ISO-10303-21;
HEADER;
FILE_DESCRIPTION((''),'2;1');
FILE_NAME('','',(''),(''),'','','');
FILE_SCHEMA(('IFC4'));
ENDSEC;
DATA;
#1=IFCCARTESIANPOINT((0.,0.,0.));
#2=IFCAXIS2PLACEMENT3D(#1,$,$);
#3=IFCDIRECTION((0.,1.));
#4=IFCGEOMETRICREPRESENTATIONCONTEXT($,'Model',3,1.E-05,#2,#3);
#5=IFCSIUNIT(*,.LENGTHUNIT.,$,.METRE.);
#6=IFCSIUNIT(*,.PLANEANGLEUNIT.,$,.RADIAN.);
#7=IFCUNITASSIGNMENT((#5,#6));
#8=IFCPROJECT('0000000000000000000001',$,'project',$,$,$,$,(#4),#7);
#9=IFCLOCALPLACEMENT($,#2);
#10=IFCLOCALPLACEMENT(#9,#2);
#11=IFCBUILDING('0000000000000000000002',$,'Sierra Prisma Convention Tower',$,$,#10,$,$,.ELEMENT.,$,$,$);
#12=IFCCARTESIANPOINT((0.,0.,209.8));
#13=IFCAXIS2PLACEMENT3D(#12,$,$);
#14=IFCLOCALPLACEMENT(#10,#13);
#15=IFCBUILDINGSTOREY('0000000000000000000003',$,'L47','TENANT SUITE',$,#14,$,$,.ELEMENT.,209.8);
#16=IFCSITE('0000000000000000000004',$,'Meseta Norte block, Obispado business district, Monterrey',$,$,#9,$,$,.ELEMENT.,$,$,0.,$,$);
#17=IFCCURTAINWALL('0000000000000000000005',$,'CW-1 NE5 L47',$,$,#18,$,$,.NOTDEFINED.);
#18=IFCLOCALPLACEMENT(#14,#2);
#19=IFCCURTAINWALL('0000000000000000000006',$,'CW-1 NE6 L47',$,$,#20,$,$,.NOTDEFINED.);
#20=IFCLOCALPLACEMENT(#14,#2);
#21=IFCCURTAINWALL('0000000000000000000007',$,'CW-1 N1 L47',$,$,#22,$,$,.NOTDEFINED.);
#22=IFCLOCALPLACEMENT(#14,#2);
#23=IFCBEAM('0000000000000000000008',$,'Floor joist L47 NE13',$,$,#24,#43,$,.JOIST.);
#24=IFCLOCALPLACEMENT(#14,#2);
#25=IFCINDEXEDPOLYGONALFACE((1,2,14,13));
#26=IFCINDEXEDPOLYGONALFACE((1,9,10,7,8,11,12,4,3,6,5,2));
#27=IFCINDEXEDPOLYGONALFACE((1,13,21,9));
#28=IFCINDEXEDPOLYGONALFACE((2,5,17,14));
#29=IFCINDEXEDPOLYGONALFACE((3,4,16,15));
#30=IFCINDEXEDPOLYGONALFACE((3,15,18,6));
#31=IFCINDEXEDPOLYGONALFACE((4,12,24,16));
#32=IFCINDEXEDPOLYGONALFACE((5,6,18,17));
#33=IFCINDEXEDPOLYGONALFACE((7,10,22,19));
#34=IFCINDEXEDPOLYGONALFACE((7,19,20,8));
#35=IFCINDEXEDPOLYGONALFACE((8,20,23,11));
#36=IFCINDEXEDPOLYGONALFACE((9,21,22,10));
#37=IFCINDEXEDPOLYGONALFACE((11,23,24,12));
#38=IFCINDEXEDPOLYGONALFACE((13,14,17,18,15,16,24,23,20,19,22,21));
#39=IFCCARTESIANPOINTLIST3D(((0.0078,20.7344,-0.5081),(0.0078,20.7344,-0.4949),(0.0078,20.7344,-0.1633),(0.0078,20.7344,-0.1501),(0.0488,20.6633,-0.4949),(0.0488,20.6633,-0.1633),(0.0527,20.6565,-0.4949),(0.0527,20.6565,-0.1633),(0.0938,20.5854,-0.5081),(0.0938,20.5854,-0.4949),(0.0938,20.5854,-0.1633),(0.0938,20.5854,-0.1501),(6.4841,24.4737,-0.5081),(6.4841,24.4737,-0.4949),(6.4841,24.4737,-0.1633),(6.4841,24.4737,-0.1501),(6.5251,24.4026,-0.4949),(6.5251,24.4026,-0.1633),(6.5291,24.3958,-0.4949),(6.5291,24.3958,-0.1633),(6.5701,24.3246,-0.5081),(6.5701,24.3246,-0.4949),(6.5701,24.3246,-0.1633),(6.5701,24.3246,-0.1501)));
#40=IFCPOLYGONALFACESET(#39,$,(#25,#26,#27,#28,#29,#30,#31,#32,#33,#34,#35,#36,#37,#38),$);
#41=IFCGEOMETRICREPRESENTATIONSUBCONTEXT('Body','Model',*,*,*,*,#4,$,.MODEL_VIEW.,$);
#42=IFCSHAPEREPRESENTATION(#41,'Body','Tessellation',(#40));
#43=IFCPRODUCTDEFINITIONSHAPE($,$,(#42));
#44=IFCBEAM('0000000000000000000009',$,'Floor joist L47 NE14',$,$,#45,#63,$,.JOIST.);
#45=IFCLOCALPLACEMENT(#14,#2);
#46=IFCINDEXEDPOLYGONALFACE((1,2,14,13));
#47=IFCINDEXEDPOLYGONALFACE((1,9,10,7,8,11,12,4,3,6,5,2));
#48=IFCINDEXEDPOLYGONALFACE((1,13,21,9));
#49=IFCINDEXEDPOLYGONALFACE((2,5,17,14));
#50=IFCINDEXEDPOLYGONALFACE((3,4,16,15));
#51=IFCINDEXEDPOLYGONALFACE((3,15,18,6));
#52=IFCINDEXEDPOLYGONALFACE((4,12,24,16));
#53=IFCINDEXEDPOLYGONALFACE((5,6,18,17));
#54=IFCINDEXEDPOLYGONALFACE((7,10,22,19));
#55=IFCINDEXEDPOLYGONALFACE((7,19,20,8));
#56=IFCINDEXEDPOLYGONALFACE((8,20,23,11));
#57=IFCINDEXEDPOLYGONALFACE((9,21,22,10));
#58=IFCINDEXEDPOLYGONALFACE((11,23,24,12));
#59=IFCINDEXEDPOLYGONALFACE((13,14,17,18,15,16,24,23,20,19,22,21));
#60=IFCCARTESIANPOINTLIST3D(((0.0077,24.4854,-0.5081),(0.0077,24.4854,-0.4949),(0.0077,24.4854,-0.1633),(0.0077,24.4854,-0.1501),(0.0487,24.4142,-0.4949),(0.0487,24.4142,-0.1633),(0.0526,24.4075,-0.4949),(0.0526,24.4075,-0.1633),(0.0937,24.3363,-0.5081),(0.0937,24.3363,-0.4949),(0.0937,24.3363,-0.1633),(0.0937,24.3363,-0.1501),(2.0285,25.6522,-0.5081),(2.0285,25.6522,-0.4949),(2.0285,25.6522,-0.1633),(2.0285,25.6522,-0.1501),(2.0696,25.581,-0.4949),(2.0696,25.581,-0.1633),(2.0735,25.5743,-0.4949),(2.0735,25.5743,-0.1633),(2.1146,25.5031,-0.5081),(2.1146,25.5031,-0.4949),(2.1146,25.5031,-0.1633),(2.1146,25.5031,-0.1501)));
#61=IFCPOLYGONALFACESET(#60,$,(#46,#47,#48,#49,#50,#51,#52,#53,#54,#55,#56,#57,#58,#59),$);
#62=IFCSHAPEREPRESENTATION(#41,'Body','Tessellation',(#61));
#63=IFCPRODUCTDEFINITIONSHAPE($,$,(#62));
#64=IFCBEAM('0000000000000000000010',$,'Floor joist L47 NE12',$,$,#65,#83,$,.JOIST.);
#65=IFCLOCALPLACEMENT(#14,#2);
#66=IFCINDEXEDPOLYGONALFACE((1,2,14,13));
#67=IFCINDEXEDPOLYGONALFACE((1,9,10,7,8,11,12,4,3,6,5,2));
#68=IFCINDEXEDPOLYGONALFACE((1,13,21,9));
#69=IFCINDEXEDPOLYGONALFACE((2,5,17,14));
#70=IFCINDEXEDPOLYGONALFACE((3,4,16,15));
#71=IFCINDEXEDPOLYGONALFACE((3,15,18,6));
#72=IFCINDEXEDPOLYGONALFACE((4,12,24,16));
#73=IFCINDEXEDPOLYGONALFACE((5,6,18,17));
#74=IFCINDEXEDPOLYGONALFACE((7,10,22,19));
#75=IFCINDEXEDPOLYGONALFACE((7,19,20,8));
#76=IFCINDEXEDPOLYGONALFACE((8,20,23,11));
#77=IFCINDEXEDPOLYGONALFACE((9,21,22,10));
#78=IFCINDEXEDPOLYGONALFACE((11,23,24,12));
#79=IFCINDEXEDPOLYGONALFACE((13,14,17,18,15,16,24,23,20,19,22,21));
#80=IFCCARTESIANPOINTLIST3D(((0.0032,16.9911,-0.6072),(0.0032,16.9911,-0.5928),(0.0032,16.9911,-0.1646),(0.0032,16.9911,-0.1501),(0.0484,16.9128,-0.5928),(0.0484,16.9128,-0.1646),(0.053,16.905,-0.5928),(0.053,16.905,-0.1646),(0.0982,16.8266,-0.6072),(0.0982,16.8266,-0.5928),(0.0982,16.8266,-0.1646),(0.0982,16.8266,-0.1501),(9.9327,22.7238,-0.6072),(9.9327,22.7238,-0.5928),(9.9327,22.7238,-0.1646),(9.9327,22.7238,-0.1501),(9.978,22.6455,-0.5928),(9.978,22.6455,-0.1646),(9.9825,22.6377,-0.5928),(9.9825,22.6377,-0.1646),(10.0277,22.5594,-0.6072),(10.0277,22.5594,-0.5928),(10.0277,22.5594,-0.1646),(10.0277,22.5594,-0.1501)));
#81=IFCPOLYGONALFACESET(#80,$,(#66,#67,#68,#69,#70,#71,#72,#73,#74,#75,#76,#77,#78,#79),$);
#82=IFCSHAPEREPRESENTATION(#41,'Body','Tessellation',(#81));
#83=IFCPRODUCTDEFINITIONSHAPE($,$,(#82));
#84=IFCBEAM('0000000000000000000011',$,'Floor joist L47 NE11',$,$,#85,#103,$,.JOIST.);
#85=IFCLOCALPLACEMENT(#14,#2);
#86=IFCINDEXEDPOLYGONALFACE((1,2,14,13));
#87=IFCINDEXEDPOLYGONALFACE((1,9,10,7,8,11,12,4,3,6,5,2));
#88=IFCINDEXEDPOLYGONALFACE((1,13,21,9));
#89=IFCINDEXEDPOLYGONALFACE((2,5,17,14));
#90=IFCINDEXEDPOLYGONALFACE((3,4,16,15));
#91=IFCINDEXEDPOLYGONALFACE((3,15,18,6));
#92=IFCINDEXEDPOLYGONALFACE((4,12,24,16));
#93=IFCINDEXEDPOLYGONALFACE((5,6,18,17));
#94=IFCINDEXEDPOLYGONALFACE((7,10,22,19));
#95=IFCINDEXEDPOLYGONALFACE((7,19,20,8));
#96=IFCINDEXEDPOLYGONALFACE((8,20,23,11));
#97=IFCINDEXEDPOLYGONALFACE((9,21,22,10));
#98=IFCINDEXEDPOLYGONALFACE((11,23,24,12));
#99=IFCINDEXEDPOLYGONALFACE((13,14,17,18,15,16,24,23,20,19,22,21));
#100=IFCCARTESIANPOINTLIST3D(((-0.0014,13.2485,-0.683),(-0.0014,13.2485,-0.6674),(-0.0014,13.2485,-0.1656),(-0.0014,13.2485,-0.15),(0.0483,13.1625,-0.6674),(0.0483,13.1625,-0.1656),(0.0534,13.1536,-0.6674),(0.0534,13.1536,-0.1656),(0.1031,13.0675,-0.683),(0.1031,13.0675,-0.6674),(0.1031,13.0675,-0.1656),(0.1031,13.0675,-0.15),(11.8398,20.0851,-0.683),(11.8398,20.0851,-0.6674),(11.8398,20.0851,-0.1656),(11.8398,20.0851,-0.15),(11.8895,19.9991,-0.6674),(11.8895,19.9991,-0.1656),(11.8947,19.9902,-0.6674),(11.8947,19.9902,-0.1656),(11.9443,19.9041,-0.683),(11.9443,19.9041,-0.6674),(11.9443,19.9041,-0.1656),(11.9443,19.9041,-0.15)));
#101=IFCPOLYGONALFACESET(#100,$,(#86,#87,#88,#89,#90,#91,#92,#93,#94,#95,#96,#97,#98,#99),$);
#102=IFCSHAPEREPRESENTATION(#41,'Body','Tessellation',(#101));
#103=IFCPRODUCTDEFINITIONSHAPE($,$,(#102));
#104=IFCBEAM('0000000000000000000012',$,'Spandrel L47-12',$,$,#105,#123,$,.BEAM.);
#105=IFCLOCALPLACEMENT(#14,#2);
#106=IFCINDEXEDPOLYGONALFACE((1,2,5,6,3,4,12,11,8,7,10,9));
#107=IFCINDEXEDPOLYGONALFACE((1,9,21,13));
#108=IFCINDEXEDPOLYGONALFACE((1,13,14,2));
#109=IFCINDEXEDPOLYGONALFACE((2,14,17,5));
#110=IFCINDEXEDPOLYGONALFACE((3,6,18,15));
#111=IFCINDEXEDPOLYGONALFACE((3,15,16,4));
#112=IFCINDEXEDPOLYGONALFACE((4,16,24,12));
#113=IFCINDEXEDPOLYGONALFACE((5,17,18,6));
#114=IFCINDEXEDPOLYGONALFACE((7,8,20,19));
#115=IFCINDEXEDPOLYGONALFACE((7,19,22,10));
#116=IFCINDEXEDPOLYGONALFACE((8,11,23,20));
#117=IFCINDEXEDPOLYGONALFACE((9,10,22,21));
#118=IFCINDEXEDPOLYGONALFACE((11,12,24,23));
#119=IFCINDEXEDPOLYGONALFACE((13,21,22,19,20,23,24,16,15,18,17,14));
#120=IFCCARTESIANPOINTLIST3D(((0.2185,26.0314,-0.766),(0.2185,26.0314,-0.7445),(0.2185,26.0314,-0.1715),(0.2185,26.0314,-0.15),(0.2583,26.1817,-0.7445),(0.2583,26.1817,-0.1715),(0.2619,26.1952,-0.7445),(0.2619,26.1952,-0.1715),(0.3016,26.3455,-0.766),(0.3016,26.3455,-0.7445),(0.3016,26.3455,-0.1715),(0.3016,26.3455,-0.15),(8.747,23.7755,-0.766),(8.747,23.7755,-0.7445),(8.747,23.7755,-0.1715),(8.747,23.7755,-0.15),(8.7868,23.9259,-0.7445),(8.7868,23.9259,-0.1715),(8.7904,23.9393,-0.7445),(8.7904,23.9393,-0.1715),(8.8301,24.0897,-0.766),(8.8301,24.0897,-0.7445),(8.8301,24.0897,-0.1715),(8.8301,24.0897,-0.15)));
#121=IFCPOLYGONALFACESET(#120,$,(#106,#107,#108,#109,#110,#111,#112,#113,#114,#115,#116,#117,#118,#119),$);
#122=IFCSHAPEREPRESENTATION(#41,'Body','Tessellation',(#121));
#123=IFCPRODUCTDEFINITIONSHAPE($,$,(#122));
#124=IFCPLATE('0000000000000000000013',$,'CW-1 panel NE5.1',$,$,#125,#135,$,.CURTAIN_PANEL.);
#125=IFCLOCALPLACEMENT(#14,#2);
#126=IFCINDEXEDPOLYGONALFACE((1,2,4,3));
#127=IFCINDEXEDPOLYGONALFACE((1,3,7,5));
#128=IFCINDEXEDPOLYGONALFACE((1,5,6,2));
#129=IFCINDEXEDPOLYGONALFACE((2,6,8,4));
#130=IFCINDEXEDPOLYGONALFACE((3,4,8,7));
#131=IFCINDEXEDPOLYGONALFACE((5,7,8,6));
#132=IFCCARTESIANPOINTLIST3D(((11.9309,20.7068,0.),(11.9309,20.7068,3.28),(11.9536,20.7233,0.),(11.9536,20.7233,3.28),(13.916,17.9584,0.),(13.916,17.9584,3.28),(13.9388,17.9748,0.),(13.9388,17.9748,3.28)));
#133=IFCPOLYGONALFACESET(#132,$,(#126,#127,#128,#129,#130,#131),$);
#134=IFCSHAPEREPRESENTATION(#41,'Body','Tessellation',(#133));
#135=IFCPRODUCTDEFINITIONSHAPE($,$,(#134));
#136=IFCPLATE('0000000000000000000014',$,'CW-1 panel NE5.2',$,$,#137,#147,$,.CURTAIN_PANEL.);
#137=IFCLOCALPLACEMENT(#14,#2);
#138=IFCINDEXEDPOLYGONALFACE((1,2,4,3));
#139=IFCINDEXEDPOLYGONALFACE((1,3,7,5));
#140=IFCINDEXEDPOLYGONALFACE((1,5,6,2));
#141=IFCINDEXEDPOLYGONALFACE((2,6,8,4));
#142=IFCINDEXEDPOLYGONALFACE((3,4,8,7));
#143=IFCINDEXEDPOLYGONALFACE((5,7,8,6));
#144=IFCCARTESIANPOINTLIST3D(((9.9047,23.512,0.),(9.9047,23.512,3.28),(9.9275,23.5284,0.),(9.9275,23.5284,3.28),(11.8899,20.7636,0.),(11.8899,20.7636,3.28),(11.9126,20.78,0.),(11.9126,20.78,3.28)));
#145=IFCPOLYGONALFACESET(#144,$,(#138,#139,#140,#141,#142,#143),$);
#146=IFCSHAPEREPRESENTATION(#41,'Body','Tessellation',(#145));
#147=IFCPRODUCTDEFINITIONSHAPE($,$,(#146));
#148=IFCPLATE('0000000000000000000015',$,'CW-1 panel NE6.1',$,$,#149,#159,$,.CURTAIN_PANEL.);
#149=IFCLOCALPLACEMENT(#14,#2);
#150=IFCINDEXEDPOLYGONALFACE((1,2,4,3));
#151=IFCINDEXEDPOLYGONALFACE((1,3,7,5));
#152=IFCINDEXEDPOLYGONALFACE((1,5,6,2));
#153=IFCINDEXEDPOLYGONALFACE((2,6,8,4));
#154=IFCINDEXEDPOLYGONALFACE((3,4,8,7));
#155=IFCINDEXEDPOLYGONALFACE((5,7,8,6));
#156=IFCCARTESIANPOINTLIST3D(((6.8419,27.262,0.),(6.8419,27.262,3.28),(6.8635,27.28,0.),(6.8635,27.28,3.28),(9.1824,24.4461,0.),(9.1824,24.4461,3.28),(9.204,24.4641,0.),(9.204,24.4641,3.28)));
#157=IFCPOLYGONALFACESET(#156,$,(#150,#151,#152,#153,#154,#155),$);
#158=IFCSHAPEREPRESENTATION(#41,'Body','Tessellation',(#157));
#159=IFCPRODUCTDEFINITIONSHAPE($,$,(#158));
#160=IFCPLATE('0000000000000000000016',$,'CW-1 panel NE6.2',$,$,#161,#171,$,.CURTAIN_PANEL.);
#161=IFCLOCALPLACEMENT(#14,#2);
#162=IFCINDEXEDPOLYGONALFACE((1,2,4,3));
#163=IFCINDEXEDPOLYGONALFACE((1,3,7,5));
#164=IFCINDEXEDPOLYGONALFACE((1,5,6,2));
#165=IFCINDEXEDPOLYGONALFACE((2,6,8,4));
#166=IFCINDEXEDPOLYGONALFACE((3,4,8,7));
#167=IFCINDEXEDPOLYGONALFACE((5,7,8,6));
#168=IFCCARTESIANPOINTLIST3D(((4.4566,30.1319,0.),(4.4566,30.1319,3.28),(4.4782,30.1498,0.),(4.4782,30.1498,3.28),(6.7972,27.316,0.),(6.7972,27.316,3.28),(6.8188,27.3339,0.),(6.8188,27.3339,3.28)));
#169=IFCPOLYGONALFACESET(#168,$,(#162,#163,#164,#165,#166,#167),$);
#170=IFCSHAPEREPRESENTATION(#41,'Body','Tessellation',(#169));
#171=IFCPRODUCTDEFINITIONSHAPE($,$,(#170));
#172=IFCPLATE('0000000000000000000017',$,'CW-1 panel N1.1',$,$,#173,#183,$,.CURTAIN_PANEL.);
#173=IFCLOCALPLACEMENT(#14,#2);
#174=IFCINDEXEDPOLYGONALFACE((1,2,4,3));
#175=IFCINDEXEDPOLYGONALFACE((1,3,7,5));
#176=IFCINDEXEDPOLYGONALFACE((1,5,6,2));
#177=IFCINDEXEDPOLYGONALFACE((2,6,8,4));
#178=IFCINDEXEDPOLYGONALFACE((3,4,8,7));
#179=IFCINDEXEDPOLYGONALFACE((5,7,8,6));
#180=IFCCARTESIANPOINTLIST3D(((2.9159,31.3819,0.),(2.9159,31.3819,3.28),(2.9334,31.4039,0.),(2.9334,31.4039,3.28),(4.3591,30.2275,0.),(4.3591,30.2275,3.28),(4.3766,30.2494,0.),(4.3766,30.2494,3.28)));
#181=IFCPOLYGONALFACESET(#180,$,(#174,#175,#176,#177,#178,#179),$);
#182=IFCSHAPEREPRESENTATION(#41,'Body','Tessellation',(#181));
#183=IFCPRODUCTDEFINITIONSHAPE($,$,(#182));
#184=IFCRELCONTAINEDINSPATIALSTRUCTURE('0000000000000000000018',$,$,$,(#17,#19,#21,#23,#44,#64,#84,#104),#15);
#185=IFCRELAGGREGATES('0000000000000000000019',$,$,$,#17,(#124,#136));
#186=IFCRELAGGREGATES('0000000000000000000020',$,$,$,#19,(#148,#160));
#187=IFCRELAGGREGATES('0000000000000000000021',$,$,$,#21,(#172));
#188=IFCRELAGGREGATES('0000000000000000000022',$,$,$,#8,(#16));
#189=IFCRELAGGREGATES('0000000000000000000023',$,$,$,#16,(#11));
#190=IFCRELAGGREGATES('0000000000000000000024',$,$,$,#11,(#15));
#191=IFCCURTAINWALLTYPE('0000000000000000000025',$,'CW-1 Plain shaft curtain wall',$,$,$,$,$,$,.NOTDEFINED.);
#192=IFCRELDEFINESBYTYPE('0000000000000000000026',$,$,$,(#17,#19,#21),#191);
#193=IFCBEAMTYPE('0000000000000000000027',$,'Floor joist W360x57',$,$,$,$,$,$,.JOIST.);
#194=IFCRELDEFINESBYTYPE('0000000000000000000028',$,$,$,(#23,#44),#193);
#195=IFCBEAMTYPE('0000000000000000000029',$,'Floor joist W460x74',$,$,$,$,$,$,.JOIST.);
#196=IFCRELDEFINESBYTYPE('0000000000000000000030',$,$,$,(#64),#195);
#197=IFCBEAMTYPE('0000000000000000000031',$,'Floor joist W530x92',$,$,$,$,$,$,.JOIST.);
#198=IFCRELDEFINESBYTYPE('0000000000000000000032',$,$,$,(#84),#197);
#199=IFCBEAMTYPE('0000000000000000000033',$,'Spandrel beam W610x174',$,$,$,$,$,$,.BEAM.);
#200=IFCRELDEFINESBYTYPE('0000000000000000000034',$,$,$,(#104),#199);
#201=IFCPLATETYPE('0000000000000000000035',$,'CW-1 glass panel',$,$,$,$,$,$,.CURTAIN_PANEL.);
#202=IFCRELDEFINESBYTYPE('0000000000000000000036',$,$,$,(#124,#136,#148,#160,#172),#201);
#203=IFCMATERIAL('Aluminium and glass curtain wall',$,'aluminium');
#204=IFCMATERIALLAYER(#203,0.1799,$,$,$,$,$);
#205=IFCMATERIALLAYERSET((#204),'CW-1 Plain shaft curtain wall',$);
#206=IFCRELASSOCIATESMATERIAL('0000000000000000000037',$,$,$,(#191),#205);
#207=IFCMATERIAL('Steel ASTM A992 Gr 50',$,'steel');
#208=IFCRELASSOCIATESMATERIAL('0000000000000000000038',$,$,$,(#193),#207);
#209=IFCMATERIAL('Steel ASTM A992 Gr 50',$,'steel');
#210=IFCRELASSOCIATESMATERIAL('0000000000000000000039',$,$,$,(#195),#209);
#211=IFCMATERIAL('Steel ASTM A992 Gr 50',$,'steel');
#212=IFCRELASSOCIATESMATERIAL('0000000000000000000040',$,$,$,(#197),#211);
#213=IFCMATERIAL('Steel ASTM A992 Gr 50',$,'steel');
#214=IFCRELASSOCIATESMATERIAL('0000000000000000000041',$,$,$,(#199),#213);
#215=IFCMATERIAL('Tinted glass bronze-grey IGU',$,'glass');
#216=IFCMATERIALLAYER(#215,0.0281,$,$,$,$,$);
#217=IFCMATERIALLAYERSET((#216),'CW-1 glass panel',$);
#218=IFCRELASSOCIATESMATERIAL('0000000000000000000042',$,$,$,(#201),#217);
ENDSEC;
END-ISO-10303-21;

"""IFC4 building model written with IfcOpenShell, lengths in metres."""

from ifc_helpers import new_model, si_unit, direction, frame, origin, origin_2d, place, context, subcontext, project, spatial, rectangle, i_section, extrude, material, layer, layer_set, material_profile, profile_set, type_object, element, aggregate, save


model = new_model("IFC4")

# Units and contexts
model_context = context("Model", 3, precision=1e-05, world=origin(), true_north=direction((0.0, 1.0)))
body_context = subcontext(model_context, "Body", "Model", "MODEL_VIEW")
ifc_project = project(units=[si_unit("LENGTHUNIT", "METRE"), si_unit("PLANEANGLEUNIT", "RADIAN")], contexts=[model_context])

# Site, building, storey
site_placement = place(None, origin())
site = spatial("IfcSite", under=ifc_project, at=site_placement, Name="Meseta Norte block, Obispado business district, Monterrey", CompositionType="ELEMENT", RefElevation=0.0)
building_placement = place(site_placement, origin())
building = spatial("IfcBuilding", under=site, at=building_placement, Name="Sierra Prisma Convention Tower", CompositionType="ELEMENT")
storey_placement = place(building_placement, frame((0.0, 0.0, 209.8)))
storey = spatial("IfcBuildingStorey", under=building, at=storey_placement, Name="L47", Description="TENANT SUITE", CompositionType="ELEMENT", Elevation=209.8)

# Curtain wall
ifc_material_1 = material(Name="Aluminium and glass curtain wall", Category="aluminium")
ifc_layer_1 = layer(ifc_material_1, 0.1799)
ifc_layer_set_1 = layer_set([ifc_layer_1], Name="CW-1 Plain shaft curtain wall")
curtain_wall_type = type_object("IfcCurtainWallType", Name="CW-1 Plain shaft curtain wall", PredefinedType="NOTDEFINED", material=ifc_layer_set_1)
curtain_wall_1_placement = place(storey_placement, origin())
curtain_wall_1 = element("IfcCurtainWall", 1, at=curtain_wall_1_placement, inside=storey, type_object=curtain_wall_type, Name="CW-1 NE5 L47", PredefinedType="NOTDEFINED")

# Curtain walls
curtain_wall_2_placement = place(storey_placement, origin())
curtain_wall_2 = element("IfcCurtainWall", 2, at=curtain_wall_2_placement, inside=storey, type_object=curtain_wall_type, Name="CW-1 NE6 L47", PredefinedType="NOTDEFINED")
curtain_wall_3_placement = place(storey_placement, origin())
curtain_wall_3 = element("IfcCurtainWall", 3, at=curtain_wall_3_placement, inside=storey, type_object=curtain_wall_type, Name="CW-1 N1 L47", PredefinedType="NOTDEFINED")

# Beams
ifc_material_2 = material(Name="Steel ASTM A992 Gr 50", Category="steel")
ifc_material_profile_1 = material_profile(ifc_material_2, i_section(OverallWidth=0.1721, OverallDepth=0.3579, WebThickness=0.0078, FlangeThickness=0.0132, at=origin_2d()), Name="W360x57")
ifc_profile_set_1 = profile_set([ifc_material_profile_1], Name="Steel ASTM A992 Gr 50")
beam_type_1 = type_object("IfcBeamType", Name="Floor joist W360x57", PredefinedType="JOIST", material=ifc_profile_set_1)
beam_1_placement = place(storey_placement, frame((6.5271, 24.3992, -0.3291), z_axis=(-0.866017, -0.500015, 0.0), x_axis=(0.500015, -0.866017, 0.0)))
element("IfcBeam", 4, at=beam_1_placement, inside=storey, type_object=beam_type_1, Name="Floor joist L47 NE13", PredefinedType="JOIST", context=body_context, shape_type="SweptSolid", body=[
    extrude(i_section(OverallWidth=0.1721, OverallDepth=0.3579, WebThickness=0.0078, FlangeThickness=0.0132, at=origin_2d()), origin(), (0.0, 0.0, 1.0), 7.4783),
])
beam_2_placement = place(storey_placement, frame((2.0715, 25.5776, -0.3291), z_axis=(-0.866013, -0.500021, 0.0), x_axis=(0.500021, -0.866013, 0.0)))
element("IfcBeam", 5, at=beam_2_placement, inside=storey, type_object=beam_type_1, Name="Floor joist L47 NE14", PredefinedType="JOIST", context=body_context, shape_type="SweptSolid", body=[
    extrude(i_section(OverallWidth=0.1721, OverallDepth=0.3579, WebThickness=0.0078, FlangeThickness=0.0132, at=origin_2d()), origin(), (0.0, 0.0, 1.0), 2.3335),
])
ifc_material_3 = material(Name="Steel ASTM A992 Gr 50", Category="steel")
ifc_material_profile_2 = material_profile(ifc_material_3, i_section(OverallWidth=0.1899, OverallDepth=0.457, WebThickness=0.009, FlangeThickness=0.0144, at=origin_2d()), Name="W460x74")
ifc_profile_set_2 = profile_set([ifc_material_profile_2], Name="Steel ASTM A992 Gr 50")
beam_type_2 = type_object("IfcBeamType", Name="Floor joist W460x74", PredefinedType="JOIST", material=ifc_profile_set_2)
beam_3_placement = place(storey_placement, frame((9.9802, 22.6416, -0.3787), z_axis=(-0.866029, -0.499993, 0.0), x_axis=(0.499993, -0.866029, 0.0)))
element("IfcBeam", 6, at=beam_3_placement, inside=storey, type_object=beam_type_2, Name="Floor joist L47 NE12", PredefinedType="JOIST", context=body_context, shape_type="SweptSolid", body=[
    extrude(i_section(OverallWidth=0.1899, OverallDepth=0.457, WebThickness=0.009, FlangeThickness=0.0144, at=origin_2d()), origin(), (0.0, 0.0, 1.0), 11.4656),
])
ifc_material_4 = material(Name="Steel ASTM A992 Gr 50", Category="steel")
ifc_material_profile_3 = material_profile(ifc_material_4, i_section(OverallWidth=0.209, OverallDepth=0.533, WebThickness=0.0103, FlangeThickness=0.0156, at=origin_2d()), Name="W530x92")
ifc_profile_set_3 = profile_set([ifc_material_profile_3], Name="Steel ASTM A992 Gr 50")
beam_type_3 = type_object("IfcBeamType", Name="Floor joist W530x92", PredefinedType="JOIST", material=ifc_profile_set_3)
beam_4_placement = place(storey_placement, frame((11.8921, 19.9946, -0.4165), z_axis=(-0.866023, -0.500005, 0.0), x_axis=(0.500005, -0.866023, 0.0)))
element("IfcBeam", 7, at=beam_4_placement, inside=storey, type_object=beam_type_3, Name="Floor joist L47 NE11", PredefinedType="JOIST", context=body_context, shape_type="SweptSolid", body=[
    extrude(i_section(OverallWidth=0.209, OverallDepth=0.533, WebThickness=0.0103, FlangeThickness=0.0156, at=origin_2d()), origin(), (0.0, 0.0, 1.0), 13.6731),
])
ifc_material_5 = material(Name="Steel ASTM A992 Gr 50", Category="steel")
ifc_material_profile_4 = material_profile(ifc_material_5, i_section(OverallWidth=0.325, OverallDepth=0.616, WebThickness=0.0139, FlangeThickness=0.0215, at=origin_2d()), Name="W610x174")
ifc_profile_set_4 = profile_set([ifc_material_profile_4], Name="Steel ASTM A992 Gr 50")
beam_type_4 = type_object("IfcBeamType", Name="Spandrel beam W610x174", PredefinedType="BEAM", material=ifc_profile_set_4)
beam_5_placement = place(storey_placement, frame((8.7886, 23.9326, -0.458), z_axis=(-0.966753, 0.255712, 0.0), x_axis=(-0.255712, -0.966753, 0.0)))
element("IfcBeam", 8, at=beam_5_placement, inside=storey, type_object=beam_type_4, Name="Spandrel L47-12", PredefinedType="BEAM", context=body_context, shape_type="SweptSolid", body=[
    extrude(i_section(OverallWidth=0.325, OverallDepth=0.616, WebThickness=0.0139, FlangeThickness=0.0215, at=origin_2d()), origin(), (0.0, 0.0, 1.0), 8.8218),
])

# Plates
ifc_material_6 = material(Name="Tinted glass bronze-grey IGU", Category="glass")
ifc_layer_2 = layer(ifc_material_6, 0.0281)
ifc_layer_set_2 = layer_set([ifc_layer_2], Name="CW-1 glass panel")
plate_type = type_object("IfcPlateType", Name="CW-1 glass panel", PredefinedType="CURTAIN_PANEL", material=ifc_layer_set_2)
plate_1_placement = place(storey_placement, frame((12.9348, 19.3408, 0.0), z_axis=(0.0, 0.0, 1.0), x_axis=(-0.58552, 0.810658, 0.0)))
plate_1 = element("IfcPlate", 9, at=plate_1_placement, type_object=plate_type, Name="CW-1 panel NE5.1", PredefinedType="CURTAIN_PANEL", context=body_context, shape_type="SweptSolid", body=[
    extrude(rectangle(XDim=3.3904, YDim=0.0281, at=origin_2d()), origin(), (0.0, 0.0, 1.0), 3.28),
])
plate_2_placement = place(storey_placement, frame((10.9087, 22.146, 0.0), z_axis=(0.0, 0.0, 1.0), x_axis=(-0.58552, 0.810658, 0.0)))
plate_2 = element("IfcPlate", 10, at=plate_2_placement, type_object=plate_type, Name="CW-1 panel NE5.2", PredefinedType="CURTAIN_PANEL", context=body_context, shape_type="SweptSolid", body=[
    extrude(rectangle(XDim=3.3904, YDim=0.0281, at=origin_2d()), origin(), (0.0, 0.0, 1.0), 3.28),
])
aggregate(curtain_wall_1, [plate_1, plate_2])
plate_3_placement = place(storey_placement, frame((8.0229, 25.863, 0.0), z_axis=(0.0, 0.0, 1.0), x_axis=(-0.63921, 0.769033, 0.0)))
plate_3 = element("IfcPlate", 11, at=plate_3_placement, type_object=plate_type, Name="CW-1 panel NE6.1", PredefinedType="CURTAIN_PANEL", context=body_context, shape_type="SweptSolid", body=[
    extrude(rectangle(XDim=3.6616, YDim=0.0281, at=origin_2d()), origin(), (0.0, 0.0, 1.0), 3.28),
])
plate_4_placement = place(storey_placement, frame((5.6377, 28.7329, 0.0), z_axis=(0.0, 0.0, 1.0), x_axis=(-0.63921, 0.769033, 0.0)))
plate_4 = element("IfcPlate", 12, at=plate_4_placement, type_object=plate_type, Name="CW-1 panel NE6.2", PredefinedType="CURTAIN_PANEL", context=body_context, shape_type="SweptSolid", body=[
    extrude(rectangle(XDim=3.6616, YDim=0.0281, at=origin_2d()), origin(), (0.0, 0.0, 1.0), 3.28),
])
aggregate(curtain_wall_2, [plate_3, plate_4])
plate_5_placement = place(storey_placement, frame((3.6462, 30.8157, 0.0), z_axis=(0.0, 0.0, 1.0), x_axis=(-0.780906, 0.624649, 0.0)))
plate_5 = element("IfcPlate", 13, at=plate_5_placement, type_object=plate_type, Name="CW-1 panel N1.1", PredefinedType="CURTAIN_PANEL", context=body_context, shape_type="SweptSolid", body=[
    extrude(rectangle(XDim=1.8481, YDim=0.0281, at=origin_2d()), origin(), (0.0, 0.0, 1.0), 3.28),
])
aggregate(curtain_wall_3, [plate_5])

save(model, "model.ifc")
